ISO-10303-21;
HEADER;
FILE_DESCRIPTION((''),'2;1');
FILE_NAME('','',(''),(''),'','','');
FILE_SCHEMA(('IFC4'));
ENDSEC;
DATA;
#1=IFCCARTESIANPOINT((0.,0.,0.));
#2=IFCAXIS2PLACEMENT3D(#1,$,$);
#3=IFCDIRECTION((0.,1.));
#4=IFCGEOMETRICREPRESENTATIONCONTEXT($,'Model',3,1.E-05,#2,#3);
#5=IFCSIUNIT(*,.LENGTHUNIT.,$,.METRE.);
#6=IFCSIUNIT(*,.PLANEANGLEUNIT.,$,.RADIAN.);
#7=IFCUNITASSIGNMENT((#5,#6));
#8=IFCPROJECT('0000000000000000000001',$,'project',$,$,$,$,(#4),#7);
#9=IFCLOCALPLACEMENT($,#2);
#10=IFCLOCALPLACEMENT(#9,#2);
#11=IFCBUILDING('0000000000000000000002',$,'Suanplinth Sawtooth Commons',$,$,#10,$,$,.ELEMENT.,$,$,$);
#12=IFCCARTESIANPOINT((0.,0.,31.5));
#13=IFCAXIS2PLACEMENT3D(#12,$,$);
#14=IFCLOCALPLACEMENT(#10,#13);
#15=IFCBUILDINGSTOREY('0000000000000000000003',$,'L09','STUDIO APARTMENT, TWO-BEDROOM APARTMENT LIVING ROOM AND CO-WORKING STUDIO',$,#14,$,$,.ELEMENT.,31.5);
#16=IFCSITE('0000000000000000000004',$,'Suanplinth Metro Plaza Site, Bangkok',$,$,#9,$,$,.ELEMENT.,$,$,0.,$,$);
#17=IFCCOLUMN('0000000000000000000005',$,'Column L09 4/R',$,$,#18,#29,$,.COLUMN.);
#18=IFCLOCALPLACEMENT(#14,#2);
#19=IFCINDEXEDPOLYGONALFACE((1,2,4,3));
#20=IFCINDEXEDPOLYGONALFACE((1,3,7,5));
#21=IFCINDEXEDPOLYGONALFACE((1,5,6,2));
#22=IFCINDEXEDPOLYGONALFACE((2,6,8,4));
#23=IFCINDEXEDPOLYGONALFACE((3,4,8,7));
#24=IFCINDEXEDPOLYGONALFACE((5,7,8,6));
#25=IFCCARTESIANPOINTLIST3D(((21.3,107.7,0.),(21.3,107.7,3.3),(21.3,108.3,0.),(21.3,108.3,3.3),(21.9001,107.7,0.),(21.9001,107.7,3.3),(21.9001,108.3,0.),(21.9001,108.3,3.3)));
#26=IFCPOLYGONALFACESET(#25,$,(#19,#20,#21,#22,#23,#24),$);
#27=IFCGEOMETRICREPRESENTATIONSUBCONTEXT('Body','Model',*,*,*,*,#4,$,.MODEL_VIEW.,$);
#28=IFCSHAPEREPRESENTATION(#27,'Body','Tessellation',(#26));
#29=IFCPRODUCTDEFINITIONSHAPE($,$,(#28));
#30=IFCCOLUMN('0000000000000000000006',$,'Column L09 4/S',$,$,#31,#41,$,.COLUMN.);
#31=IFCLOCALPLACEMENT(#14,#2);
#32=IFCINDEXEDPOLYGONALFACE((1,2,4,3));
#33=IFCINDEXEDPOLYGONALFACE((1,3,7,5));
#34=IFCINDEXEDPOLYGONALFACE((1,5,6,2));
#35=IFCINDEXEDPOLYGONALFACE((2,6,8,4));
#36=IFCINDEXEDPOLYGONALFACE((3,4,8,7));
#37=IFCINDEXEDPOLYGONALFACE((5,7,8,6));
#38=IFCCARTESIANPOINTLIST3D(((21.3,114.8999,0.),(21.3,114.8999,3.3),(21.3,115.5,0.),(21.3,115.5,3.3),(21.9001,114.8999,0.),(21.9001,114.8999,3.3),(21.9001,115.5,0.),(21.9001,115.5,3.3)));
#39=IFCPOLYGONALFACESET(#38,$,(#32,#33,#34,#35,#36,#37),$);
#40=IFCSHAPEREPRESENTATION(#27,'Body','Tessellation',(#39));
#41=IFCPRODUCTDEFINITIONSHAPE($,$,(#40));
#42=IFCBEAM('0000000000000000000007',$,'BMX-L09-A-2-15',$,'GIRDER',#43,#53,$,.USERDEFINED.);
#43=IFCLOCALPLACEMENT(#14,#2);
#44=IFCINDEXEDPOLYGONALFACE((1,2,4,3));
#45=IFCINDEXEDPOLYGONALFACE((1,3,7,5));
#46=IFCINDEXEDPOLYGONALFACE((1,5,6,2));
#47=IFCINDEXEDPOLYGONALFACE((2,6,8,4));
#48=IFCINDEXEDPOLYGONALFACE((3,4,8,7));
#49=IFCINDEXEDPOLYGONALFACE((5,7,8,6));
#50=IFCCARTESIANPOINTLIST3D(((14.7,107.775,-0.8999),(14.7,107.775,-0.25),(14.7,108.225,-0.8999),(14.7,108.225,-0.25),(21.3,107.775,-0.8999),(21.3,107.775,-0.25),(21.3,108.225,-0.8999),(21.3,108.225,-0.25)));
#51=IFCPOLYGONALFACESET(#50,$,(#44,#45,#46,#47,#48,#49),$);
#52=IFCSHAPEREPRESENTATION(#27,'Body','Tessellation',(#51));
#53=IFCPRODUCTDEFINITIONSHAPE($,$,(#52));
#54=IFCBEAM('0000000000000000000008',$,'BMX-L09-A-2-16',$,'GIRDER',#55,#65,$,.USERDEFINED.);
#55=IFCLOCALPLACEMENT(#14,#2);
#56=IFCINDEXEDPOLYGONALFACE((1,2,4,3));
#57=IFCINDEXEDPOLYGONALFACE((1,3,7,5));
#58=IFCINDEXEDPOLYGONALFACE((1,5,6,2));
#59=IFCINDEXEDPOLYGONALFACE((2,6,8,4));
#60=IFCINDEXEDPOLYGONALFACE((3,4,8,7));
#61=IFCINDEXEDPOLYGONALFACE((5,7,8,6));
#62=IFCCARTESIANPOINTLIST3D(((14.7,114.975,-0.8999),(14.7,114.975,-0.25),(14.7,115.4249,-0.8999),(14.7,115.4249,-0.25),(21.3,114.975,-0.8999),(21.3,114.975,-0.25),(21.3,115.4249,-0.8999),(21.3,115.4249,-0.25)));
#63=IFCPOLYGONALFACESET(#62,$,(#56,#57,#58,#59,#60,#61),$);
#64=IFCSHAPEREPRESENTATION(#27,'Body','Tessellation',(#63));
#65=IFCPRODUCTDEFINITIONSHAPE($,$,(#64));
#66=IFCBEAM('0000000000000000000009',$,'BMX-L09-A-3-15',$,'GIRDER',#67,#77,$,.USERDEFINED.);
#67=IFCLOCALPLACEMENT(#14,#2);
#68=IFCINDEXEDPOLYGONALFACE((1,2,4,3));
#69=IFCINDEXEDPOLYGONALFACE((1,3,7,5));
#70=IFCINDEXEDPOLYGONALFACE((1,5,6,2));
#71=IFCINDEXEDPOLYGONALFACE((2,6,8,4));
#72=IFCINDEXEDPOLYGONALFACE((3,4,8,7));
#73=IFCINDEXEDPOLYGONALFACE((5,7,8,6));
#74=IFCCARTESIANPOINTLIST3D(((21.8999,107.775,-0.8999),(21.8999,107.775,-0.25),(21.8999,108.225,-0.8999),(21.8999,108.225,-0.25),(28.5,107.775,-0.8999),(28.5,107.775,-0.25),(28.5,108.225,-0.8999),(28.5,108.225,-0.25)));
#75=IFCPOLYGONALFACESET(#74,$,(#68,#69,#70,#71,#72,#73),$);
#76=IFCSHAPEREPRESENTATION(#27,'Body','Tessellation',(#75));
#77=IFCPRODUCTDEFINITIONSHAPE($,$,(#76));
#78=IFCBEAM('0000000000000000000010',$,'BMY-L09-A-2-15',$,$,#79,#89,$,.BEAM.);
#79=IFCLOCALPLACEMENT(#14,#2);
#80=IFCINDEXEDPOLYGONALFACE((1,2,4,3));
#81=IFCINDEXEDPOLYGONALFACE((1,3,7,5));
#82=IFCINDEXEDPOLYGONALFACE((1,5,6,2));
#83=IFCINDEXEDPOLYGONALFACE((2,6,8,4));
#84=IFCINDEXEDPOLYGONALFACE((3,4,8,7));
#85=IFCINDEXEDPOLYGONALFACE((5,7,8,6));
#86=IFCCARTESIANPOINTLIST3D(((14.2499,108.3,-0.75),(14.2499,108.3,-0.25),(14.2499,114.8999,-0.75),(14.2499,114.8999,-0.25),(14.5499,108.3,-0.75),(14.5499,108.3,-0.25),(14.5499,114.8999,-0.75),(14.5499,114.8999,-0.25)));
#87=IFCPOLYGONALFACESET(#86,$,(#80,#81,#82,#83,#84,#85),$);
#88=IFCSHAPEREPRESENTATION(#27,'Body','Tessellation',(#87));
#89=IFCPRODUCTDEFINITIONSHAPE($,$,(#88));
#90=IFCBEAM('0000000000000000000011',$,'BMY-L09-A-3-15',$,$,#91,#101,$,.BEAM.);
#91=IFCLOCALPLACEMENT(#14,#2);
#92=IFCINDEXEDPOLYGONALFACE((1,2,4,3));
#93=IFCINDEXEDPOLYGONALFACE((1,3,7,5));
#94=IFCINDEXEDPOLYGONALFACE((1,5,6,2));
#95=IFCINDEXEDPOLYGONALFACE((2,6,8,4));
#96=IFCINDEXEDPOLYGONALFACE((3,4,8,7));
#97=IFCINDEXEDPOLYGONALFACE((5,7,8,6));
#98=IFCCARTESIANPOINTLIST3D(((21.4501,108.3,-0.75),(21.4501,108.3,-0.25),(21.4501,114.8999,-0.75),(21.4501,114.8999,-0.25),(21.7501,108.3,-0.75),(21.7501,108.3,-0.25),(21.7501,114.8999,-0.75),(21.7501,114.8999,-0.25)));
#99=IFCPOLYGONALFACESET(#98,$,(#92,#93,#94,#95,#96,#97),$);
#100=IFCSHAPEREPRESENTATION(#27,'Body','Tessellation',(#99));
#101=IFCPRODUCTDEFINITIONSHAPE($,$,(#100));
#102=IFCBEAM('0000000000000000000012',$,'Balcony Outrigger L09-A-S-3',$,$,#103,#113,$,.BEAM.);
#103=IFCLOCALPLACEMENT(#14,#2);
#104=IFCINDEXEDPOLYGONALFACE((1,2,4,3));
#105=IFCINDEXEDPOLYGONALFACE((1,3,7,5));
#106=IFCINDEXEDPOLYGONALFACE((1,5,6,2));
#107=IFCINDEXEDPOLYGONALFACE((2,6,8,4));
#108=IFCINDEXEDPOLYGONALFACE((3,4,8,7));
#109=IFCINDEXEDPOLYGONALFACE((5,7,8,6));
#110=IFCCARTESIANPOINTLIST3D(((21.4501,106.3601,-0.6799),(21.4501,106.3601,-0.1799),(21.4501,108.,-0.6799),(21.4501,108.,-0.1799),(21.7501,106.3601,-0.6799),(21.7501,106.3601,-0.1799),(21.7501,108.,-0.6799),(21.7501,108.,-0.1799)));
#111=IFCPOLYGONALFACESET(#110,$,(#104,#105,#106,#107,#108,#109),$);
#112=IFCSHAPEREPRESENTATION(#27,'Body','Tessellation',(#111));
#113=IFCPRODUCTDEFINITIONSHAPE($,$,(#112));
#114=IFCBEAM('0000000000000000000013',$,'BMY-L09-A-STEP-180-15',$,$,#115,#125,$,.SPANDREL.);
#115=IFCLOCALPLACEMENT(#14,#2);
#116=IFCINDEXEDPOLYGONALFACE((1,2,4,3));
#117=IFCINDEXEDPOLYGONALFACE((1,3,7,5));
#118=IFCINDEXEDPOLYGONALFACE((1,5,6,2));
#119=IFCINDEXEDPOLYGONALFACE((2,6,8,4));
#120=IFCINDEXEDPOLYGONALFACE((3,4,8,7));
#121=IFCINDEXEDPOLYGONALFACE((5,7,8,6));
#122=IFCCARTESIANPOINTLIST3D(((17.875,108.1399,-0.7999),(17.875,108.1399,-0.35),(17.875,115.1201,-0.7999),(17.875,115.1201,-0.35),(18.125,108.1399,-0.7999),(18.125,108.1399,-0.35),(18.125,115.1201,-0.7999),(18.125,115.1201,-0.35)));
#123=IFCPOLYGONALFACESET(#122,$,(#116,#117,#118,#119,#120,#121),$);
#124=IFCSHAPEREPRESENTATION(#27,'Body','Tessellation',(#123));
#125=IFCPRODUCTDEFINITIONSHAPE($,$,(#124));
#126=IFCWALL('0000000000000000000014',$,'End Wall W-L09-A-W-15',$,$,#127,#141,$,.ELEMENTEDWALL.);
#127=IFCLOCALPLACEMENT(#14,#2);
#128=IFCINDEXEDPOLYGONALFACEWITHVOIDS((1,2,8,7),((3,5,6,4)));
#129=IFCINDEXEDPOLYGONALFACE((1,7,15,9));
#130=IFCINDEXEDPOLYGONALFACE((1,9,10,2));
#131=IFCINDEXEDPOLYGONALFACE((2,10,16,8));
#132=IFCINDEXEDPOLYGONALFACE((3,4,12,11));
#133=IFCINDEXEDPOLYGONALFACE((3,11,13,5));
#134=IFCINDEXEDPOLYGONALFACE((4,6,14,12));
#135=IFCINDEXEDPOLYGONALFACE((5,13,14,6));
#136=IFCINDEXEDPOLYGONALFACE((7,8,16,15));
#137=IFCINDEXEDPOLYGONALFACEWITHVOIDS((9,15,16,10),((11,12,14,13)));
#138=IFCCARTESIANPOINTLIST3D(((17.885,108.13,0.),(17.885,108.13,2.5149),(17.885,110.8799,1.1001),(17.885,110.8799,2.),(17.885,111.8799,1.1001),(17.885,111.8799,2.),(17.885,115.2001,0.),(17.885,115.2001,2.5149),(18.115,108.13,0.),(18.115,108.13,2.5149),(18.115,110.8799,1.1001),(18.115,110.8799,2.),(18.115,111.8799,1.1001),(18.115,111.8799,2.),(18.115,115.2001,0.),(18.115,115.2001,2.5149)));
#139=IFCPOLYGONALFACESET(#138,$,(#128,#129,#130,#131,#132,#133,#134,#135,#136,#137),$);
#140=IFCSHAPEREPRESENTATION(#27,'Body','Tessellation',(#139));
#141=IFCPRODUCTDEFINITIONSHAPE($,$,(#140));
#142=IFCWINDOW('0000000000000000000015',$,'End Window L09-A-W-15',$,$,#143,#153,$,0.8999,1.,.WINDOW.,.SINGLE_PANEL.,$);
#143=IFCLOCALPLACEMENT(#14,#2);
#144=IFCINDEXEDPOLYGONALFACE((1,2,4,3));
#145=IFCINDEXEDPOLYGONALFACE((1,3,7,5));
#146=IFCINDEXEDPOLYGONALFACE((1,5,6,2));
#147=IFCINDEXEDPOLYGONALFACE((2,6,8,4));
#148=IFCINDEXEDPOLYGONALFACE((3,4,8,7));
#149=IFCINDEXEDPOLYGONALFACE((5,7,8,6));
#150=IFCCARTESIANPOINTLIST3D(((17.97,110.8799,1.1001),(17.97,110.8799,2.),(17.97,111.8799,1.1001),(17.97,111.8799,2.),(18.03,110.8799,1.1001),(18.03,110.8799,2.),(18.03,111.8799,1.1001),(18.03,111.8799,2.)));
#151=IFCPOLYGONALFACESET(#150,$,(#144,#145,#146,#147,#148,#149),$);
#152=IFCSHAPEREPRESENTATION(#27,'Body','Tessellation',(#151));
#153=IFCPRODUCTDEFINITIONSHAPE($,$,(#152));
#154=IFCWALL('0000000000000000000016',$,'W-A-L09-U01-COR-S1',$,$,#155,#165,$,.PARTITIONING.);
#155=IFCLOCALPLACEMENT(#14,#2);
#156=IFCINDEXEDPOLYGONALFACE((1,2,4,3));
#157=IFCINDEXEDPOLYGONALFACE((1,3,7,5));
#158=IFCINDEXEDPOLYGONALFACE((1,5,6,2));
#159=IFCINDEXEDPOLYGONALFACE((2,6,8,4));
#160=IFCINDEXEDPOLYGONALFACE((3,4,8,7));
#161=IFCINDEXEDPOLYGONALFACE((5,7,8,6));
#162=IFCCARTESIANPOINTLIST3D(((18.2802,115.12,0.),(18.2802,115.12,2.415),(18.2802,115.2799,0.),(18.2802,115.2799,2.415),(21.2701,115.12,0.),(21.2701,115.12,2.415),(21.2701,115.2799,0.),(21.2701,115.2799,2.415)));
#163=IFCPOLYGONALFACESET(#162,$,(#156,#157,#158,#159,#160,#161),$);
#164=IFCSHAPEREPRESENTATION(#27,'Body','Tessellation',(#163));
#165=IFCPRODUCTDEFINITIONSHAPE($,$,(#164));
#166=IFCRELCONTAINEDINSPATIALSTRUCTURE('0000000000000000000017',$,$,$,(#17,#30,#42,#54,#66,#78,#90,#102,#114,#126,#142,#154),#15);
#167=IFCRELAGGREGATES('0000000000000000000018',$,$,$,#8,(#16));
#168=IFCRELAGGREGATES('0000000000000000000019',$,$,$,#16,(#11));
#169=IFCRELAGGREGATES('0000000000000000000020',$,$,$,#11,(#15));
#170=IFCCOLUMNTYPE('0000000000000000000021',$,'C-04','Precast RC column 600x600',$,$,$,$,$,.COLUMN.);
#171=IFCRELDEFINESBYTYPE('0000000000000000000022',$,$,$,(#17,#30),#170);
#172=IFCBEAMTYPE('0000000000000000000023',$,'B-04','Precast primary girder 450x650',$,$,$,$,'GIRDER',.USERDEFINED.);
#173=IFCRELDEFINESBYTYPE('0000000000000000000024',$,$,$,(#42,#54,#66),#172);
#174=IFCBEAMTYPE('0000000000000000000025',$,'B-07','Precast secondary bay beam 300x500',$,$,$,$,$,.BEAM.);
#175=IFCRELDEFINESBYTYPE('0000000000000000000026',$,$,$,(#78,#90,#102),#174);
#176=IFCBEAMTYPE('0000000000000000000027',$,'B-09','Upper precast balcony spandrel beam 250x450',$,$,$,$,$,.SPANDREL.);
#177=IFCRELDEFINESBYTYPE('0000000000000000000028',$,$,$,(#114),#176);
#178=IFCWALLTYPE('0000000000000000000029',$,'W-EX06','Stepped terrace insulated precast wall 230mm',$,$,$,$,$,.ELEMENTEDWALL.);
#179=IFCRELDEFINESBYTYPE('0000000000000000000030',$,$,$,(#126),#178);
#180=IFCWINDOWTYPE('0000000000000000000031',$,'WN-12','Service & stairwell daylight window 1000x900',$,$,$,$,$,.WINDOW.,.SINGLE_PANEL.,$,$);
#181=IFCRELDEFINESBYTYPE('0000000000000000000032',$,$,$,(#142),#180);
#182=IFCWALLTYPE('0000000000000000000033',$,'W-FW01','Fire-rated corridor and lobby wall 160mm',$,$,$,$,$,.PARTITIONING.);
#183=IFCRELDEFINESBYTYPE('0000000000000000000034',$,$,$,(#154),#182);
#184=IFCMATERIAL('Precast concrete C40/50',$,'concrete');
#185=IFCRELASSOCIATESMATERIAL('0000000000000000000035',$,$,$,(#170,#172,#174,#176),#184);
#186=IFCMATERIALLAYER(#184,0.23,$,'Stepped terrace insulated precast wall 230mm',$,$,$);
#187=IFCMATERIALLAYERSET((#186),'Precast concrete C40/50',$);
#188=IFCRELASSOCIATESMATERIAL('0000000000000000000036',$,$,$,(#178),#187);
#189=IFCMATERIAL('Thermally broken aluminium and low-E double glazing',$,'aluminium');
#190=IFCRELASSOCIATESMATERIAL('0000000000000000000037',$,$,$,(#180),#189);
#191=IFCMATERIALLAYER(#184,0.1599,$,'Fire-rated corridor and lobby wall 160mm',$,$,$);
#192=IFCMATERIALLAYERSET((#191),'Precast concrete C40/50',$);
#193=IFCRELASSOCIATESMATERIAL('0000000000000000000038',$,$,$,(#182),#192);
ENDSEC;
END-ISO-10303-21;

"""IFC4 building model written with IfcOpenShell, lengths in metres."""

from ifc_helpers import new_model, si_unit, direction, frame, frame_2d, origin, origin_2d, place, context, subcontext, project, spatial, rectangle, extrude, material, layer, layer_set, material_profile, profile_set, type_object, element, fill, save


model = new_model("IFC4")

# Units and contexts
model_context = context("Model", 3, precision=1e-05, world=origin(), true_north=direction((0.0, 1.0)))
body_context = subcontext(model_context, "Body", "Model", "MODEL_VIEW")
ifc_project = project(units=[si_unit("LENGTHUNIT", "METRE"), si_unit("PLANEANGLEUNIT", "RADIAN")], contexts=[model_context])

# Site, building, storey
site_placement = place(None, origin())
site = spatial("IfcSite", under=ifc_project, at=site_placement, Name="Suanplinth Metro Plaza Site, Bangkok", CompositionType="ELEMENT", RefElevation=0.0)
building_placement = place(site_placement, origin())
building = spatial("IfcBuilding", under=site, at=building_placement, Name="Suanplinth Sawtooth Commons", CompositionType="ELEMENT")
storey_placement = place(building_placement, frame((0.0, 0.0, 31.5)))
storey = spatial("IfcBuildingStorey", under=building, at=storey_placement, Name="L09", Description="STUDIO APARTMENT, TWO-BEDROOM APARTMENT LIVING ROOM AND CO-WORKING STUDIO", CompositionType="ELEMENT", Elevation=31.5)

# Columns
ifc_material_1 = material(Name="Precast concrete C40/50", Category="concrete")
ifc_material_profile_1 = material_profile(ifc_material_1, rectangle(XDim=0.6001, YDim=0.6001, at=origin_2d()), Name="PC-COL 600x600")
ifc_profile_set_1 = profile_set([ifc_material_profile_1], Name="Precast concrete C40/50")
column_type = type_object("IfcColumnType", Name="C-04", Description="Precast RC column 600x600", PredefinedType="COLUMN", material=ifc_profile_set_1)
for number, where, z_axis, x_axis, name in (
    (1, (21.6001, 108.0, 0.0), (0.0, 0.0, 1.0), (1.0, 0.0, 0.0), "Column L09 4/R"),
    (2, (21.6001, 115.2, 0.0), (0.0, 0.0, 1.0), (1.0, 0.0, 0.0), "Column L09 4/S"),
):
    element("IfcColumn", number, at=place(storey_placement, frame(where, z_axis=z_axis, x_axis=x_axis)), inside=storey, type_object=column_type, Name=name, PredefinedType="COLUMN", context=body_context, shape_type="SweptSolid", body=[
        extrude(rectangle(XDim=0.6001, YDim=0.6001, at=origin_2d()), origin(), (0.0, 0.0, 1.0), 3.3),
    ])

# Beams
ifc_material_profile_2 = material_profile(ifc_material_1, rectangle(XDim=0.45, YDim=0.6499, at=origin_2d()), Name="PC-GDR 450x650")
ifc_profile_set_2 = profile_set([ifc_material_profile_2], Name="Precast concrete C40/50")
beam_type_1 = type_object("IfcBeamType", Name="B-04", Description="Precast primary girder 450x650", ElementType="GIRDER", PredefinedType="USERDEFINED", material=ifc_profile_set_2)
for number, where, z_axis, x_axis, name in (
    (3, (14.7, 108.0, -0.575), (1.0, 0.0, 0.0), (0.0, 1.0, 0.0), "BMX-L09-A-2-15"),
    (4, (14.7, 115.2, -0.575), (1.0, 0.0, 0.0), (0.0, 1.0, 0.0), "BMX-L09-A-2-16"),
    (5, (21.8999, 108.0, -0.575), (1.0, 0.0, 0.0), (0.0, 1.0, 0.0), "BMX-L09-A-3-15"),
):
    element("IfcBeam", number, at=place(storey_placement, frame(where, z_axis=z_axis, x_axis=x_axis)), inside=storey, type_object=beam_type_1, Name=name, ObjectType="GIRDER", PredefinedType="USERDEFINED", context=body_context, shape_type="SweptSolid", body=[
        extrude(rectangle(XDim=0.45, YDim=0.6499, at=origin_2d()), origin(), (0.0, 0.0, 1.0), 6.6001),
    ])
ifc_material_profile_3 = material_profile(ifc_material_1, rectangle(XDim=0.3, YDim=0.5, at=origin_2d()), Name="PC-BM 300x500")
ifc_profile_set_3 = profile_set([ifc_material_profile_3], Name="Precast concrete C40/50")
beam_type_2 = type_object("IfcBeamType", Name="B-07", Description="Precast secondary bay beam 300x500", PredefinedType="BEAM", material=ifc_profile_set_3)
for number, where, z_axis, x_axis, name in (
    (6, (14.3999, 108.3, -0.5), (0.0, 1.0, 0.0), (-1.0, 0.0, 0.0), "BMY-L09-A-2-15"),
    (7, (21.6001, 108.3, -0.5), (0.0, 1.0, 0.0), (-1.0, 0.0, 0.0), "BMY-L09-A-3-15"),
):
    element("IfcBeam", number, at=place(storey_placement, frame(where, z_axis=z_axis, x_axis=x_axis)), inside=storey, type_object=beam_type_2, Name=name, PredefinedType="BEAM", context=body_context, shape_type="SweptSolid", body=[
        extrude(rectangle(XDim=0.3, YDim=0.5, at=origin_2d()), origin(), (0.0, 0.0, 1.0), 6.5999),
    ])
beam_1_placement = place(storey_placement, frame((21.6001, 108.0, -0.4299), z_axis=(0.0, -1.0, 0.0), x_axis=(1.0, 0.0, 0.0)))
element("IfcBeam", 8, at=beam_1_placement, inside=storey, type_object=beam_type_2, Name="Balcony Outrigger L09-A-S-3", PredefinedType="BEAM", context=body_context, shape_type="SweptSolid", body=[
    extrude(rectangle(XDim=0.3, YDim=0.5, at=origin_2d()), origin(), (0.0, 0.0, 1.0), 1.6399),
])
ifc_material_profile_4 = material_profile(ifc_material_1, rectangle(XDim=0.25, YDim=0.45, at=origin_2d()), Name="PC-SP 250x450")
ifc_profile_set_4 = profile_set([ifc_material_profile_4], Name="Precast concrete C40/50")
beam_type_3 = type_object("IfcBeamType", Name="B-09", Description="Upper precast balcony spandrel beam 250x450", PredefinedType="SPANDREL", material=ifc_profile_set_4)
beam_2_placement = place(storey_placement, frame((18.0, 108.1399, -0.575), z_axis=(0.0, 1.0, 0.0), x_axis=(-1.0, 0.0, 0.0)))
element("IfcBeam", 9, at=beam_2_placement, inside=storey, type_object=beam_type_3, Name="BMY-L09-A-STEP-180-15", PredefinedType="SPANDREL", context=body_context, shape_type="SweptSolid", body=[
    extrude(rectangle(XDim=0.25, YDim=0.45, at=origin_2d()), origin(), (0.0, 0.0, 1.0), 6.9802),
])

# Wall, opening, window
ifc_layer_1 = layer(ifc_material_1, 0.23, Name="Stepped terrace insulated precast wall 230mm")
ifc_layer_set_1 = layer_set([ifc_layer_1], Name="Precast concrete C40/50")
wall_type_1 = type_object("IfcWallType", Name="W-EX06", Description="Stepped terrace insulated precast wall 230mm", PredefinedType="ELEMENTEDWALL", material=ifc_layer_set_1)
wall_1_placement = place(storey_placement, frame((18.0, 108.1299, 0.0), z_axis=(0.0, 0.0, 1.0), x_axis=(0.0, 1.0, 0.0)))
wall_1 = element("IfcWall", 10, at=wall_1_placement, inside=storey, type_object=wall_type_1, Name="End Wall W-L09-A-W-15", PredefinedType="ELEMENTEDWALL", context=body_context, shape_type="SweptSolid", body=[
    extrude(rectangle(XDim=7.0701, YDim=0.23, at=frame_2d((3.5352, 0.0))), origin(), (0.0, 0.0, 1.0), 2.5149),
])
opening_1_placement = place(wall_1_placement, frame((2.75, 0.0, 1.1001)))
opening_1 = element("IfcOpeningElement", 11, at=opening_1_placement, cuts=wall_1, PredefinedType="OPENING", context=body_context, shape_type="SweptSolid", body=[
    extrude(rectangle(XDim=1.0, YDim=0.8999, at=frame_2d((0.5, 0.45))), frame((0.0, 0.1299, 0.0), z_axis=(0.0, -1.0, 0.0), x_axis=(1.0, 0.0, 0.0)), (0.0, 0.0, 1.0), 0.2598),
])
ifc_material_2 = material(Name="Thermally broken aluminium and low-E double glazing", Category="aluminium")
window_type = type_object("IfcWindowType", Name="WN-12", Description="Service & stairwell daylight window 1000x900", PartitioningType="SINGLE_PANEL", PredefinedType="WINDOW", material=ifc_material_2)
window_placement = place(opening_1_placement, origin())
window = element("IfcWindow", 12, at=window_placement, inside=storey, type_object=window_type, Name="End Window L09-A-W-15", OverallHeight=0.8999, OverallWidth=1.0, PartitioningType="SINGLE_PANEL", PredefinedType="WINDOW", context=body_context, shape_type="SweptSolid", body=[
    extrude(rectangle(XDim=1.0, YDim=0.8999, at=frame_2d((0.5, 0.45))), frame((0.0, 0.03, 0.0), z_axis=(0.0, -1.0, 0.0), x_axis=(1.0, 0.0, 0.0)), (0.0, 0.0, 1.0), 0.0601),
])
fill(opening_1, window)

# Wall
ifc_layer_2 = layer(ifc_material_1, 0.1599, Name="Fire-rated corridor and lobby wall 160mm")
ifc_layer_set_2 = layer_set([ifc_layer_2], Name="Precast concrete C40/50")
wall_type_2 = type_object("IfcWallType", Name="W-FW01", Description="Fire-rated corridor and lobby wall 160mm", PredefinedType="PARTITIONING", material=ifc_layer_set_2)
wall_2_placement = place(storey_placement, frame((18.28, 115.2, 0.0), z_axis=(0.0, 0.0, 1.0), x_axis=(1.0, 0.0, 0.0)))
element("IfcWall", 13, at=wall_2_placement, inside=storey, type_object=wall_type_2, Name="W-A-L09-U01-COR-S1", PredefinedType="PARTITIONING", context=body_context, shape_type="SweptSolid", body=[
    extrude(rectangle(XDim=2.99, YDim=0.1599, at=frame_2d((1.4951, 0.0))), origin(), (0.0, 0.0, 1.0), 2.415),
])

save(model, "model.ifc")
